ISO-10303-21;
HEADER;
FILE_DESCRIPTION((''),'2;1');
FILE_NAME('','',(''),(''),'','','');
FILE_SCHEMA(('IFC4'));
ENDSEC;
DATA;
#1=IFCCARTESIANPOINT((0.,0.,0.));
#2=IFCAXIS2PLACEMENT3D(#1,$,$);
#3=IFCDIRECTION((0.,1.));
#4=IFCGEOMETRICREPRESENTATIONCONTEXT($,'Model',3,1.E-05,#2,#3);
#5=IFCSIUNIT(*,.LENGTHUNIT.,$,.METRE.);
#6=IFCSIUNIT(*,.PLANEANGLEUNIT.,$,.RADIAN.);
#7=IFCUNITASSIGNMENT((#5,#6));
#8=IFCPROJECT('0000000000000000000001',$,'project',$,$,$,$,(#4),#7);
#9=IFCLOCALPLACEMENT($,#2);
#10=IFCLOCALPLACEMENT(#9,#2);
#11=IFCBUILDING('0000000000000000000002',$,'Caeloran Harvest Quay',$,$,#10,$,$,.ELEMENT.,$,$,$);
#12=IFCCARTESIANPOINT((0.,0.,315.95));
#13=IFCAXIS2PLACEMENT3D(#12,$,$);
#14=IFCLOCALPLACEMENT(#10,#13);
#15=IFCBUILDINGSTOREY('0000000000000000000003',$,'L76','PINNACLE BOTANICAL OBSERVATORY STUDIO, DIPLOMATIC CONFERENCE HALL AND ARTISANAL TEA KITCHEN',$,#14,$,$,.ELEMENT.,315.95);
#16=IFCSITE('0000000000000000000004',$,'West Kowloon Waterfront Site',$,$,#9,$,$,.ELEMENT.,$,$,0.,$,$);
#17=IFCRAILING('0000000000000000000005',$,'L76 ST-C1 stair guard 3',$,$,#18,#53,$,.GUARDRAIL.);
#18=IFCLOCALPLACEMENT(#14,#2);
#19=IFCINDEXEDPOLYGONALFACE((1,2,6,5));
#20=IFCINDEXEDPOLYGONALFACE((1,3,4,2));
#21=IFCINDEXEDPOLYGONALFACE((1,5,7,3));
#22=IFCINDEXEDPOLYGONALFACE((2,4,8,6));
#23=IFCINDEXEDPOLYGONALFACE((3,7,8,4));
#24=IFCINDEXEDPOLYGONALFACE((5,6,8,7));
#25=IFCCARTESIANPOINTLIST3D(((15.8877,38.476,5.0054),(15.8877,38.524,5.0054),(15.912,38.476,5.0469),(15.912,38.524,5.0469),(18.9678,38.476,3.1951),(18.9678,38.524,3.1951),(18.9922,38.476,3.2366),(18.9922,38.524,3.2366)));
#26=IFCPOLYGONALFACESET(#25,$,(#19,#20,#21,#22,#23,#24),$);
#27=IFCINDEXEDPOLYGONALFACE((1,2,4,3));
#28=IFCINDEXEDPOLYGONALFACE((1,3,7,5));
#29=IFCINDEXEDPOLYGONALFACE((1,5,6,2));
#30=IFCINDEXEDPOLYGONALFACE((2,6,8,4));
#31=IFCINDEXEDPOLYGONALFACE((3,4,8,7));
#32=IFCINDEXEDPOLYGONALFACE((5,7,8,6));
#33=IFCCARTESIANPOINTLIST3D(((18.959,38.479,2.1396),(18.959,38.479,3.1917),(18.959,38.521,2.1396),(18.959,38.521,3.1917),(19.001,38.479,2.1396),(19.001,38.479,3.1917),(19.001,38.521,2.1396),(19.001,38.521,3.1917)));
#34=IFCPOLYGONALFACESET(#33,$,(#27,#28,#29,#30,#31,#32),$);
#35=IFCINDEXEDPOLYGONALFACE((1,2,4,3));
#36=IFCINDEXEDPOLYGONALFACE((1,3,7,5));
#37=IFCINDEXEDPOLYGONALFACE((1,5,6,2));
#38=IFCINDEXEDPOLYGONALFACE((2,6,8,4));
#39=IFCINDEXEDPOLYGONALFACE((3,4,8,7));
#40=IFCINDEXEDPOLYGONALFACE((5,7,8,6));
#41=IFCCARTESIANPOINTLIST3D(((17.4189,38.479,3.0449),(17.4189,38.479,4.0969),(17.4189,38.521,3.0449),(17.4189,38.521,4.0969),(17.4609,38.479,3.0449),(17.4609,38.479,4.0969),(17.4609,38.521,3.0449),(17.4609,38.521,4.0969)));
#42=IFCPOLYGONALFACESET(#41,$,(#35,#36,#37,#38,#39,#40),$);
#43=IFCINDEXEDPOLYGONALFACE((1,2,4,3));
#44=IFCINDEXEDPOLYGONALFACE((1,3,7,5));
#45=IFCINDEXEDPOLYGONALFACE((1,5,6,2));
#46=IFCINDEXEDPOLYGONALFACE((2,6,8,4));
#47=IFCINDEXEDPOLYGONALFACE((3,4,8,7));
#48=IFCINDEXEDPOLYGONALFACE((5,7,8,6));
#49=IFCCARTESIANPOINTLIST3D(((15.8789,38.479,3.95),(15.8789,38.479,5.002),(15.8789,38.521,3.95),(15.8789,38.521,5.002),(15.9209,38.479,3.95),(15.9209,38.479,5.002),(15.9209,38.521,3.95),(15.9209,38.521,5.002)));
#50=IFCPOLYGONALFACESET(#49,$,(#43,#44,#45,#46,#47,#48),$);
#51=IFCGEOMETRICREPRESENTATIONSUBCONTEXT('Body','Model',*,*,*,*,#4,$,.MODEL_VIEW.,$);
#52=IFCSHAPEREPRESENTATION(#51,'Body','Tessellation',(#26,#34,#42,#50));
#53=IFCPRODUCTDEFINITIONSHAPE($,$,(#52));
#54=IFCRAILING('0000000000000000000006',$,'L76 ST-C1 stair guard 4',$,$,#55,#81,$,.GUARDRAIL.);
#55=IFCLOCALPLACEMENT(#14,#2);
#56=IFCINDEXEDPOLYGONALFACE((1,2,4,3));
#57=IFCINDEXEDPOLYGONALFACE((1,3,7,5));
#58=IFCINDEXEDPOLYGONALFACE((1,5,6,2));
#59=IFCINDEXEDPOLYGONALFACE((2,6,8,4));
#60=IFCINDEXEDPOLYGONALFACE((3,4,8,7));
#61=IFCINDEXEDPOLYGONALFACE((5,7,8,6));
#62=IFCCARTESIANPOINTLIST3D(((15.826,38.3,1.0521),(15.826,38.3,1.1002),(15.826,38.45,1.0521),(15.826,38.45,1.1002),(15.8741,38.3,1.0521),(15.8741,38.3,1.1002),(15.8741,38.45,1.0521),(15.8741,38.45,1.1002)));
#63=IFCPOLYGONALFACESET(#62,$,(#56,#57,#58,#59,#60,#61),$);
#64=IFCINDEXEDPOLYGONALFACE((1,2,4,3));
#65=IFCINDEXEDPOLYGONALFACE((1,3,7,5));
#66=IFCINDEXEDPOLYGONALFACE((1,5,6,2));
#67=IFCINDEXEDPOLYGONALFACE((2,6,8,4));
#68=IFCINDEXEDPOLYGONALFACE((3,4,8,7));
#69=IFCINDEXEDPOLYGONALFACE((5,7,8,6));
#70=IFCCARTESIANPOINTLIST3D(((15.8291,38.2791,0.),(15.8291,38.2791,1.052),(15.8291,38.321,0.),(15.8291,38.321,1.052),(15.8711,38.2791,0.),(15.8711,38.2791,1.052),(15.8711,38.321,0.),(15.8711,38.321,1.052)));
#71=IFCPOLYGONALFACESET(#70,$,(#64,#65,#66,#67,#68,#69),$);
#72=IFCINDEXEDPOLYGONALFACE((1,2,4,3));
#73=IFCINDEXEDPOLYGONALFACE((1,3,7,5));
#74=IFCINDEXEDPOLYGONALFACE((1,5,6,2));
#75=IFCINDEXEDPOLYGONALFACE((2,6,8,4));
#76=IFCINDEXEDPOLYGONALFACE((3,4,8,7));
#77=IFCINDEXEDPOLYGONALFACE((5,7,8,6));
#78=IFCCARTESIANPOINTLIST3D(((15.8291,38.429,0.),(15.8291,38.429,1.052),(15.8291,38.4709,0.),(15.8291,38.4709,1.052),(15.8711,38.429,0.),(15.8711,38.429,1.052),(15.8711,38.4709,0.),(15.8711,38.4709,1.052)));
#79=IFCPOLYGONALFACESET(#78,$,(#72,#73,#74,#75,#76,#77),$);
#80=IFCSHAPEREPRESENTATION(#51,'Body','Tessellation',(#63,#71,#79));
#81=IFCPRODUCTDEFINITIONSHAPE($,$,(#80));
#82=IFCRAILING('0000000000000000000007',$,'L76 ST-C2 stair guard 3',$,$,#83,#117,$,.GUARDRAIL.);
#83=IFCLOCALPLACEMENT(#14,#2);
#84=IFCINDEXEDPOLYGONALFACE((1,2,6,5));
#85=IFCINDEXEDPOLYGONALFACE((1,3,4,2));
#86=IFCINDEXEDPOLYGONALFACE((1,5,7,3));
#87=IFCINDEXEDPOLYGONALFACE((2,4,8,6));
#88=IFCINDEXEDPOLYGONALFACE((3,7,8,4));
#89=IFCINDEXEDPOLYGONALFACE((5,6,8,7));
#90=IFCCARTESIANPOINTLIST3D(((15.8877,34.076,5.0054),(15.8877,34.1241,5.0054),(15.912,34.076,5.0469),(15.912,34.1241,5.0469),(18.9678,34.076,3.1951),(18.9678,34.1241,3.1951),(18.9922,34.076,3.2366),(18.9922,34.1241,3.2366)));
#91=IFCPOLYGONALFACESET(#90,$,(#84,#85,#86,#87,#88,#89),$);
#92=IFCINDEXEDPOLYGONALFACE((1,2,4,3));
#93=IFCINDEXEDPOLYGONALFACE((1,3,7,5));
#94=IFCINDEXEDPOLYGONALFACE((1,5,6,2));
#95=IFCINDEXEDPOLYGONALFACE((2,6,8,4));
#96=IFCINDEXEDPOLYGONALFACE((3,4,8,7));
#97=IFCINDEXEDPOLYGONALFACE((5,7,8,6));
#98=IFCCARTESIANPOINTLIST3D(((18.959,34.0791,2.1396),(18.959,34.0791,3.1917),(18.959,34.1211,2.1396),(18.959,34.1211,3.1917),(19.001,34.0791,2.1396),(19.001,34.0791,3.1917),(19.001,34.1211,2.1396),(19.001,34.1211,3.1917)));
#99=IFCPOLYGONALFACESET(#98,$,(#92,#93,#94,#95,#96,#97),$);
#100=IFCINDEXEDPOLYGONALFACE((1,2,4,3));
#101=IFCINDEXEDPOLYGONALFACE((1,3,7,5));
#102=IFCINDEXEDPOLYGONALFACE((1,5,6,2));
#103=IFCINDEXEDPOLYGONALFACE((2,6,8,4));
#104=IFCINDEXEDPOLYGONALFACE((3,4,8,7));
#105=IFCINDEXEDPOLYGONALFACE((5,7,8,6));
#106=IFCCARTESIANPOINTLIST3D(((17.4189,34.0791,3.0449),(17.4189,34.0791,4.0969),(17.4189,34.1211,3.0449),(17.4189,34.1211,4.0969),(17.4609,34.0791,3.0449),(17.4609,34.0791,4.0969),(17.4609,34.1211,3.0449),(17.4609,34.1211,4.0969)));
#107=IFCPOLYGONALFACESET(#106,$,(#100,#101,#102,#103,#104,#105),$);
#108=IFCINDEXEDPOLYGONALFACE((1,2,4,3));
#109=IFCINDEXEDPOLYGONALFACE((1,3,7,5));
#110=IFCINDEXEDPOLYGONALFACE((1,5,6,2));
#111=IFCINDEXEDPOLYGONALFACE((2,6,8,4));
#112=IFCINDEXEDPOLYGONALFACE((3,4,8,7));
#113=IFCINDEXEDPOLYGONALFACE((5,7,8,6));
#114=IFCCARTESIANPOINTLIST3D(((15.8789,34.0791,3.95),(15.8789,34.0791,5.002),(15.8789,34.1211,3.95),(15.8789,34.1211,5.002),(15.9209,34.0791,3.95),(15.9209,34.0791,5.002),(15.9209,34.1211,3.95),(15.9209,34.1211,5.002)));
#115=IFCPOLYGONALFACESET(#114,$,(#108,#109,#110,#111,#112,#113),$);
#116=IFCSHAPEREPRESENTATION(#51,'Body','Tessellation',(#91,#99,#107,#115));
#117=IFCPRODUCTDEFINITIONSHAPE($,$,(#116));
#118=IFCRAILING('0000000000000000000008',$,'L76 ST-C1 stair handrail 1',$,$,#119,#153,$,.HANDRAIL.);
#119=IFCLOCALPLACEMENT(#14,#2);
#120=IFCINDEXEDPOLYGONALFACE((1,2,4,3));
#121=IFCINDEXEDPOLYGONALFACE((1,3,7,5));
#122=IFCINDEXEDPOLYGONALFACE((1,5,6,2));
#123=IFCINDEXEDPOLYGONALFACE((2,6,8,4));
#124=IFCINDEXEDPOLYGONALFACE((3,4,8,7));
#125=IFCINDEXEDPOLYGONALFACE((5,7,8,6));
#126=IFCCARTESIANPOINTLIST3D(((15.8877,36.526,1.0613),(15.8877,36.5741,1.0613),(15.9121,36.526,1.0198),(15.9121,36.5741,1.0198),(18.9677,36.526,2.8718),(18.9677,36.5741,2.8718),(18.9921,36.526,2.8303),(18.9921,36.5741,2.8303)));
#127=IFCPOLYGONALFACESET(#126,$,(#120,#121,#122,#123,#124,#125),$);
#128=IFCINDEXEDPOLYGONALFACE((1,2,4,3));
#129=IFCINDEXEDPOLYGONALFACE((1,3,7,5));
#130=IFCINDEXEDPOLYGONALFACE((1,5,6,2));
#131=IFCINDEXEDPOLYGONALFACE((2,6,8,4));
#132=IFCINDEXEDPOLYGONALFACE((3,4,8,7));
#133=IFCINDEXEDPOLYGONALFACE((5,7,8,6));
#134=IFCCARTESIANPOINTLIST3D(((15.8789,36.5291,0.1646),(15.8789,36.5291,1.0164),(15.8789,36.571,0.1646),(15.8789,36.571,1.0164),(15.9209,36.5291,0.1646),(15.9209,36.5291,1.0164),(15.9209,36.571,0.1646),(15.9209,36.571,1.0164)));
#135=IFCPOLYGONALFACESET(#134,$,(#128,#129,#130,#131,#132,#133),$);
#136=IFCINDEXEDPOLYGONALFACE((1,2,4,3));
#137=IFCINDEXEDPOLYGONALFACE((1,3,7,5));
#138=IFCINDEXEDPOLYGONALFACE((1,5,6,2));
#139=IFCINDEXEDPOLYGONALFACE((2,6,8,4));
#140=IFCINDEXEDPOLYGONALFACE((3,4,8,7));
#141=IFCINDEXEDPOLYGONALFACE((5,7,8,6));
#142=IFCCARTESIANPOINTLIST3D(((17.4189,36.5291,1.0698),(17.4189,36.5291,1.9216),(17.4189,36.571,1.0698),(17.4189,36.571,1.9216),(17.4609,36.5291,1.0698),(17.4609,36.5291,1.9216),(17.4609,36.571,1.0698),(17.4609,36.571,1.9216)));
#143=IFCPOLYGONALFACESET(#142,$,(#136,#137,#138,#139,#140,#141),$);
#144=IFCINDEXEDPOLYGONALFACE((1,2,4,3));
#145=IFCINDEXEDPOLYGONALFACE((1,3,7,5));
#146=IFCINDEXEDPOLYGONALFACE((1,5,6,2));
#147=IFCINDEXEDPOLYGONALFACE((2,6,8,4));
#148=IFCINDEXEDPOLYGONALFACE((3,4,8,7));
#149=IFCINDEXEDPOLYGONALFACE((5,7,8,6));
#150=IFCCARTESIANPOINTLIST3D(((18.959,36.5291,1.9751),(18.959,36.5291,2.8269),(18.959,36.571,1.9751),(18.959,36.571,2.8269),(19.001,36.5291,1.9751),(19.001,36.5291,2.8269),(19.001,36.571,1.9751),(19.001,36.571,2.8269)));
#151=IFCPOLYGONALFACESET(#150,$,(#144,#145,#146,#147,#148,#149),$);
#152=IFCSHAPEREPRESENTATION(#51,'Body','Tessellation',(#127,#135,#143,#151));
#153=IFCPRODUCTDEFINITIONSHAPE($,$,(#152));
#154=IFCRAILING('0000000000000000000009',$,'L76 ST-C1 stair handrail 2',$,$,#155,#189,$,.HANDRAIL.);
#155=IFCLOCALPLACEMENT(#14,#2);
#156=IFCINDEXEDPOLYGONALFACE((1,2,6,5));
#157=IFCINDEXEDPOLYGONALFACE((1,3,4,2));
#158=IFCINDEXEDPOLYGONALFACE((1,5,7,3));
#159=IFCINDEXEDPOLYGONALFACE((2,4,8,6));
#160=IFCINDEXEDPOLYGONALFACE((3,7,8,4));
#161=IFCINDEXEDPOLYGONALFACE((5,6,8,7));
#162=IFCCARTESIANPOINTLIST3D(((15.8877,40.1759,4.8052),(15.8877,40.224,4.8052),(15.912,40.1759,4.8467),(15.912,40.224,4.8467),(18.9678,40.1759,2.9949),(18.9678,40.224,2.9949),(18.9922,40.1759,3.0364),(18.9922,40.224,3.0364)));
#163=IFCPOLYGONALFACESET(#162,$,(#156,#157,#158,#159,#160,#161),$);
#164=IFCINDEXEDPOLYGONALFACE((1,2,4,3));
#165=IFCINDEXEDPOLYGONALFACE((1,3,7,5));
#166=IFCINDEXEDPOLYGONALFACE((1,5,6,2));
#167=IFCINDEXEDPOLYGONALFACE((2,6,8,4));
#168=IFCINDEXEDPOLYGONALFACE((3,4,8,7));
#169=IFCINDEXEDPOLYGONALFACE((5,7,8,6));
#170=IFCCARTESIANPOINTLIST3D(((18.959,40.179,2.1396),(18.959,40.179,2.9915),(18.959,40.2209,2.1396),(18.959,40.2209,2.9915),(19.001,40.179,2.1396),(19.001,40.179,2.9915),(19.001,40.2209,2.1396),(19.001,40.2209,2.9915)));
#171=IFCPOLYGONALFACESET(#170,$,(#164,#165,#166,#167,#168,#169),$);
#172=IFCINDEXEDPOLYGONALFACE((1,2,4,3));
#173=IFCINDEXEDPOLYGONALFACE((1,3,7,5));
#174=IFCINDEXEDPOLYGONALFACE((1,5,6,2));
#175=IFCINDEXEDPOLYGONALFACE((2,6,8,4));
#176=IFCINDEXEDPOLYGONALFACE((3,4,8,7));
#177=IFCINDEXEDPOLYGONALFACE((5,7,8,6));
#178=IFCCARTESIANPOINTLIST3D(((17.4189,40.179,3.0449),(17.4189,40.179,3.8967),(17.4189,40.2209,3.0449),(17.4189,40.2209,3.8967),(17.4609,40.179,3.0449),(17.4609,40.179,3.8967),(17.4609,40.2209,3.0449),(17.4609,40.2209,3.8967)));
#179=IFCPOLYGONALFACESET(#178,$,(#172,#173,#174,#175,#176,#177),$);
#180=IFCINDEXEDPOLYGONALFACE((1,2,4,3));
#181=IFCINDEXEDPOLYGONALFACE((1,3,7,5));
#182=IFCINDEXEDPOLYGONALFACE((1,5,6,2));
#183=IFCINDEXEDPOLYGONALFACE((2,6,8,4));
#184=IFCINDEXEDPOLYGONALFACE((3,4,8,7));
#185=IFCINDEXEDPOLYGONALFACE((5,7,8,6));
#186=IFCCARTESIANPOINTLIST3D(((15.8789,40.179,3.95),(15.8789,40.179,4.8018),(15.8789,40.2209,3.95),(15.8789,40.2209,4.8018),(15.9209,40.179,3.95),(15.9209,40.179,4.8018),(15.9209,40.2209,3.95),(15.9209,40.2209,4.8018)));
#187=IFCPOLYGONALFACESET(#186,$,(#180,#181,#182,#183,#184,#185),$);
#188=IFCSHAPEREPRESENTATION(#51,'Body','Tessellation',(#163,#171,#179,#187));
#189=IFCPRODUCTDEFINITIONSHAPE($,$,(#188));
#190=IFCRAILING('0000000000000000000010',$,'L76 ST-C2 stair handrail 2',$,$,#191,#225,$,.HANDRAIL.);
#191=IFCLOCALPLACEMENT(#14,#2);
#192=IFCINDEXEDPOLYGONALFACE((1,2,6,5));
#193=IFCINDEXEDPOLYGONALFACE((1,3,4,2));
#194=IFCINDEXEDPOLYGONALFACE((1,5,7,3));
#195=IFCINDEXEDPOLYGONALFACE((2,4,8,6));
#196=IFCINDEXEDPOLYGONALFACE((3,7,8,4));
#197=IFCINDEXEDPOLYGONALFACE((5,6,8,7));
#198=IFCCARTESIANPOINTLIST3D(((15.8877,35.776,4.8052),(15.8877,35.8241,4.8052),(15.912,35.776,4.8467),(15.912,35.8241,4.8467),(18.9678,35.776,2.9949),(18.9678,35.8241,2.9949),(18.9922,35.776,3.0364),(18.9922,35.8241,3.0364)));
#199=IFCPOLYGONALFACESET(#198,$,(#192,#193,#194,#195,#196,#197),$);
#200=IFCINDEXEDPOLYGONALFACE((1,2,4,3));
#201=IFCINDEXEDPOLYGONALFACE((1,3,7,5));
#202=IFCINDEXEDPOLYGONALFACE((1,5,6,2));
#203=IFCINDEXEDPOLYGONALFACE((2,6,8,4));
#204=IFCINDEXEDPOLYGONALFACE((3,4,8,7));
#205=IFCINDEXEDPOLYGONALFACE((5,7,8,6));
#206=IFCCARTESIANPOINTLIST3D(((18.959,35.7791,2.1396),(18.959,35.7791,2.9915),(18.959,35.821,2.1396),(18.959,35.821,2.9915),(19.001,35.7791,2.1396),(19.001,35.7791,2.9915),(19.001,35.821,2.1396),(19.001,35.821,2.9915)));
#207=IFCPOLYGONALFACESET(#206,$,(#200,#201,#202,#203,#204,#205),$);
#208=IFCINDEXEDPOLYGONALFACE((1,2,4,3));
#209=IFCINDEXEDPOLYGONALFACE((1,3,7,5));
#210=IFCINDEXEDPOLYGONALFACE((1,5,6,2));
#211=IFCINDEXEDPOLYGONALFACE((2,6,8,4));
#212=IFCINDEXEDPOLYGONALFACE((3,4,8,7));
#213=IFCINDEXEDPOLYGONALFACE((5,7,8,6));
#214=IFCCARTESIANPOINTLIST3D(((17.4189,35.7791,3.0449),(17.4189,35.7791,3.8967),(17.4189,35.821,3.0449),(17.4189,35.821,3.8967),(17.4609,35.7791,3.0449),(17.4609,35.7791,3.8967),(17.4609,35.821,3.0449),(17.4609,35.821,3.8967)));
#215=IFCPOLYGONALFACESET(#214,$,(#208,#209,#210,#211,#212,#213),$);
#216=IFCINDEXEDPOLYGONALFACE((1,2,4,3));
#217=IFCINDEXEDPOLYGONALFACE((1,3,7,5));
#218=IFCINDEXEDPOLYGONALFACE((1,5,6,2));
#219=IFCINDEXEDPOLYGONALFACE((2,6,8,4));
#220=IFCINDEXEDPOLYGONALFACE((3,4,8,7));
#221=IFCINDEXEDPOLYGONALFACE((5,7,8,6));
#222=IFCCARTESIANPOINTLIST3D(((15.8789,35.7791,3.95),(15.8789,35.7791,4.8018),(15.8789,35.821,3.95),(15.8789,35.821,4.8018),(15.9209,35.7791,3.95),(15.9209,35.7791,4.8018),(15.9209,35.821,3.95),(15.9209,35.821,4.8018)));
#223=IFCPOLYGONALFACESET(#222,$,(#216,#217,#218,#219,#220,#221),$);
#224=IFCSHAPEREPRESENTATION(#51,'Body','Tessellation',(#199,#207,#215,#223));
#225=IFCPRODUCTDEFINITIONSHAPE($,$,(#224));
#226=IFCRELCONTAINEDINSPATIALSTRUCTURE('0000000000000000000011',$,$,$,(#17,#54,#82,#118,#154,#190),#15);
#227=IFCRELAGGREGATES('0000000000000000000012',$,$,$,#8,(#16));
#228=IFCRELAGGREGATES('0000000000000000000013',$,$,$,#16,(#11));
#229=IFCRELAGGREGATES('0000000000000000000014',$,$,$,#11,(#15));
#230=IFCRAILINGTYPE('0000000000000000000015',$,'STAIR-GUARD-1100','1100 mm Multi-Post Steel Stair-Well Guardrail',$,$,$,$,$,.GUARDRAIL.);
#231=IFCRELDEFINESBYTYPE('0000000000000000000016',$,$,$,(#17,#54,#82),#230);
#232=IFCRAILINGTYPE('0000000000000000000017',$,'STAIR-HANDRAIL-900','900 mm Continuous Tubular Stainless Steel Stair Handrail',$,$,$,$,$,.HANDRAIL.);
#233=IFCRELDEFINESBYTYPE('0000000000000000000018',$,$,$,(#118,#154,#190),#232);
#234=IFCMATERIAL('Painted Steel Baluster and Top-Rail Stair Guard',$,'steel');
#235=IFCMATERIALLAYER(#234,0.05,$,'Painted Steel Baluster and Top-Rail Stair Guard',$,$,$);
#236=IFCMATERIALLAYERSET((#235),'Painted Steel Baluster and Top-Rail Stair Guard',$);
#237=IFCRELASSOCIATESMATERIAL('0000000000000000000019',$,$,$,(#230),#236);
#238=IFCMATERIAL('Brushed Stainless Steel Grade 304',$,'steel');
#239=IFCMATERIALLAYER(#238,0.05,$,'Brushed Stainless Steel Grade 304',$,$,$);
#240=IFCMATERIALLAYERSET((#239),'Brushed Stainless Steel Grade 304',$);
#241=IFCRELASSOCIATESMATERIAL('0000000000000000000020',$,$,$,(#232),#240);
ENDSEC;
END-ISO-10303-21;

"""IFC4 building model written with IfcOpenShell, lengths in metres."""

from ifc_helpers import new_model, si_unit, direction, frame, origin, origin_2d, place, context, subcontext, project, spatial, rectangle, extrude, material, layer, layer_set, type_object, element, save


model = new_model("IFC4")

# Units and contexts
model_context = context("Model", 3, precision=1e-05, world=origin(), true_north=direction((0.0, 1.0)))
body_context = subcontext(model_context, "Body", "Model", "MODEL_VIEW")
ifc_project = project(units=[si_unit("LENGTHUNIT", "METRE"), si_unit("PLANEANGLEUNIT", "RADIAN")], contexts=[model_context])

# Site, building, storey
site_placement = place(None, origin())
site = spatial("IfcSite", under=ifc_project, at=site_placement, Name="West Kowloon Waterfront Site", CompositionType="ELEMENT", RefElevation=0.0)
building_placement = place(site_placement, origin())
building = spatial("IfcBuilding", under=site, at=building_placement, Name="Caeloran Harvest Quay", CompositionType="ELEMENT")
storey_placement = place(building_placement, frame((0.0, 0.0, 315.95)))
storey = spatial("IfcBuildingStorey", under=building, at=storey_placement, Name="L76", Description="PINNACLE BOTANICAL OBSERVATORY STUDIO, DIPLOMATIC CONFERENCE HALL AND ARTISANAL TEA KITCHEN", CompositionType="ELEMENT", Elevation=315.95)

# Railings
ifc_material_1 = material(Name="Painted Steel Baluster and Top-Rail Stair Guard", Category="steel")
ifc_layer_1 = layer(ifc_material_1, 0.05, Name="Painted Steel Baluster and Top-Rail Stair Guard")
ifc_layer_set_1 = layer_set([ifc_layer_1], Name="Painted Steel Baluster and Top-Rail Stair Guard")
railing_type_1 = type_object("IfcRailingType", Name="STAIR-GUARD-1100", Description="1100 mm Multi-Post Steel Stair-Well Guardrail", PredefinedType="GUARDRAIL", material=ifc_layer_set_1)
railing_1_placement = place(storey_placement, frame((18.98, 38.5, 2.1396)))
element("IfcRailing", 1, at=railing_1_placement, inside=storey, type_object=railing_type_1, Name="L76 ST-C1 stair guard 3", PredefinedType="GUARDRAIL", context=body_context, shape_type="SweptSolid", body=[
    extrude(rectangle(XDim=0.0481, YDim=0.0481, at=origin_2d()), frame((0.0, 0.0, 1.0762), z_axis=(-0.862119, 0.0, 0.506707), x_axis=(0.0, -1.0, 0.0)), (0.0, 0.0, 1.0), 3.5728),
    extrude(rectangle(XDim=0.042, YDim=0.042, at=origin_2d()), origin(), (0.0, 0.0, 1.0), 1.052),
    extrude(rectangle(XDim=0.042, YDim=0.042, at=origin_2d()), frame((-1.54, 0.0, 0.9053)), (0.0, 0.0, 1.0), 1.052),
    extrude(rectangle(XDim=0.042, YDim=0.042, at=origin_2d()), frame((-3.0801, 0.0, 1.8103)), (0.0, 0.0, 1.0), 1.052),
])
railing_2_placement = place(storey_placement, frame((15.8501, 38.3, 0.0)))
element("IfcRailing", 2, at=railing_2_placement, inside=storey, type_object=railing_type_1, Name="L76 ST-C1 stair guard 4", PredefinedType="GUARDRAIL", context=body_context, shape_type="SweptSolid", body=[
    extrude(rectangle(XDim=0.0481, YDim=0.0481, at=origin_2d()), frame((0.0, 0.0, 1.0762), z_axis=(0.0, 1.0, 0.0), x_axis=(-1.0, 0.0, 0.0)), (0.0, 0.0, 1.0), 0.1499),
    extrude(rectangle(XDim=0.042, YDim=0.042, at=origin_2d()), origin(), (0.0, 0.0, 1.0), 1.052),
    extrude(rectangle(XDim=0.042, YDim=0.042, at=origin_2d()), frame((0.0, 0.1499, 0.0)), (0.0, 0.0, 1.0), 1.052),
])
railing_3_placement = place(storey_placement, frame((18.98, 34.1001, 2.1396)))
element("IfcRailing", 3, at=railing_3_placement, inside=storey, type_object=railing_type_1, Name="L76 ST-C2 stair guard 3", PredefinedType="GUARDRAIL", context=body_context, shape_type="SweptSolid", body=[
    extrude(rectangle(XDim=0.0481, YDim=0.0481, at=origin_2d()), frame((0.0, 0.0, 1.0762), z_axis=(-0.862119, 0.0, 0.506707), x_axis=(0.0, -1.0, 0.0)), (0.0, 0.0, 1.0), 3.5728),
    extrude(rectangle(XDim=0.042, YDim=0.042, at=origin_2d()), origin(), (0.0, 0.0, 1.0), 1.052),
    extrude(rectangle(XDim=0.042, YDim=0.042, at=origin_2d()), frame((-1.54, 0.0, 0.9053)), (0.0, 0.0, 1.0), 1.052),
    extrude(rectangle(XDim=0.042, YDim=0.042, at=origin_2d()), frame((-3.0801, 0.0, 1.8103)), (0.0, 0.0, 1.0), 1.052),
])
ifc_material_2 = material(Name="Brushed Stainless Steel Grade 304", Category="steel")
ifc_layer_2 = layer(ifc_material_2, 0.05, Name="Brushed Stainless Steel Grade 304")
ifc_layer_set_2 = layer_set([ifc_layer_2], Name="Brushed Stainless Steel Grade 304")
railing_type_2 = type_object("IfcRailingType", Name="STAIR-HANDRAIL-900", Description="900 mm Continuous Tubular Stainless Steel Stair Handrail", PredefinedType="HANDRAIL", material=ifc_layer_set_2)
railing_4_placement = place(storey_placement, frame((15.8999, 36.55, 0.1646)))
element("IfcRailing", 4, at=railing_4_placement, inside=storey, type_object=railing_type_2, Name="L76 ST-C1 stair handrail 1", PredefinedType="HANDRAIL", context=body_context, shape_type="SweptSolid", body=[
    extrude(rectangle(XDim=0.0481, YDim=0.0481, at=origin_2d()), frame((0.0, 0.0, 0.876), z_axis=(0.862089, 0.0, 0.506757), x_axis=(0.0, 1.0, 0.0)), (0.0, 0.0, 1.0), 3.5728),
    extrude(rectangle(XDim=0.042, YDim=0.042, at=origin_2d()), origin(), (0.0, 0.0, 1.0), 0.8518),
    extrude(rectangle(XDim=0.042, YDim=0.042, at=origin_2d()), frame((1.54, 0.0, 0.9053)), (0.0, 0.0, 1.0), 0.8518),
    extrude(rectangle(XDim=0.042, YDim=0.042, at=origin_2d()), frame((3.0801, 0.0, 1.8105)), (0.0, 0.0, 1.0), 0.8518),
])
for number, where, name in (
    (5, (18.98, 40.2, 2.1396), "L76 ST-C1 stair handrail 2"),
    (6, (18.98, 35.8, 2.1396), "L76 ST-C2 stair handrail 2"),
):
    element("IfcRailing", number, at=place(storey_placement, frame(where)), inside=storey, type_object=railing_type_2, Name=name, PredefinedType="HANDRAIL", context=body_context, shape_type="SweptSolid", body=[
        extrude(rectangle(XDim=0.0481, YDim=0.0481, at=origin_2d()), frame((0.0, 0.0, 0.876), z_axis=(-0.862119, 0.0, 0.506707), x_axis=(0.0, -1.0, 0.0)), (0.0, 0.0, 1.0), 3.5728),
        extrude(rectangle(XDim=0.042, YDim=0.042, at=origin_2d()), origin(), (0.0, 0.0, 1.0), 0.8518),
        extrude(rectangle(XDim=0.042, YDim=0.042, at=origin_2d()), frame((-1.54, 0.0, 0.9053)), (0.0, 0.0, 1.0), 0.8518),
        extrude(rectangle(XDim=0.042, YDim=0.042, at=origin_2d()), frame((-3.0801, 0.0, 1.8103)), (0.0, 0.0, 1.0), 0.8518),
    ])

save(model, "model.ifc")
